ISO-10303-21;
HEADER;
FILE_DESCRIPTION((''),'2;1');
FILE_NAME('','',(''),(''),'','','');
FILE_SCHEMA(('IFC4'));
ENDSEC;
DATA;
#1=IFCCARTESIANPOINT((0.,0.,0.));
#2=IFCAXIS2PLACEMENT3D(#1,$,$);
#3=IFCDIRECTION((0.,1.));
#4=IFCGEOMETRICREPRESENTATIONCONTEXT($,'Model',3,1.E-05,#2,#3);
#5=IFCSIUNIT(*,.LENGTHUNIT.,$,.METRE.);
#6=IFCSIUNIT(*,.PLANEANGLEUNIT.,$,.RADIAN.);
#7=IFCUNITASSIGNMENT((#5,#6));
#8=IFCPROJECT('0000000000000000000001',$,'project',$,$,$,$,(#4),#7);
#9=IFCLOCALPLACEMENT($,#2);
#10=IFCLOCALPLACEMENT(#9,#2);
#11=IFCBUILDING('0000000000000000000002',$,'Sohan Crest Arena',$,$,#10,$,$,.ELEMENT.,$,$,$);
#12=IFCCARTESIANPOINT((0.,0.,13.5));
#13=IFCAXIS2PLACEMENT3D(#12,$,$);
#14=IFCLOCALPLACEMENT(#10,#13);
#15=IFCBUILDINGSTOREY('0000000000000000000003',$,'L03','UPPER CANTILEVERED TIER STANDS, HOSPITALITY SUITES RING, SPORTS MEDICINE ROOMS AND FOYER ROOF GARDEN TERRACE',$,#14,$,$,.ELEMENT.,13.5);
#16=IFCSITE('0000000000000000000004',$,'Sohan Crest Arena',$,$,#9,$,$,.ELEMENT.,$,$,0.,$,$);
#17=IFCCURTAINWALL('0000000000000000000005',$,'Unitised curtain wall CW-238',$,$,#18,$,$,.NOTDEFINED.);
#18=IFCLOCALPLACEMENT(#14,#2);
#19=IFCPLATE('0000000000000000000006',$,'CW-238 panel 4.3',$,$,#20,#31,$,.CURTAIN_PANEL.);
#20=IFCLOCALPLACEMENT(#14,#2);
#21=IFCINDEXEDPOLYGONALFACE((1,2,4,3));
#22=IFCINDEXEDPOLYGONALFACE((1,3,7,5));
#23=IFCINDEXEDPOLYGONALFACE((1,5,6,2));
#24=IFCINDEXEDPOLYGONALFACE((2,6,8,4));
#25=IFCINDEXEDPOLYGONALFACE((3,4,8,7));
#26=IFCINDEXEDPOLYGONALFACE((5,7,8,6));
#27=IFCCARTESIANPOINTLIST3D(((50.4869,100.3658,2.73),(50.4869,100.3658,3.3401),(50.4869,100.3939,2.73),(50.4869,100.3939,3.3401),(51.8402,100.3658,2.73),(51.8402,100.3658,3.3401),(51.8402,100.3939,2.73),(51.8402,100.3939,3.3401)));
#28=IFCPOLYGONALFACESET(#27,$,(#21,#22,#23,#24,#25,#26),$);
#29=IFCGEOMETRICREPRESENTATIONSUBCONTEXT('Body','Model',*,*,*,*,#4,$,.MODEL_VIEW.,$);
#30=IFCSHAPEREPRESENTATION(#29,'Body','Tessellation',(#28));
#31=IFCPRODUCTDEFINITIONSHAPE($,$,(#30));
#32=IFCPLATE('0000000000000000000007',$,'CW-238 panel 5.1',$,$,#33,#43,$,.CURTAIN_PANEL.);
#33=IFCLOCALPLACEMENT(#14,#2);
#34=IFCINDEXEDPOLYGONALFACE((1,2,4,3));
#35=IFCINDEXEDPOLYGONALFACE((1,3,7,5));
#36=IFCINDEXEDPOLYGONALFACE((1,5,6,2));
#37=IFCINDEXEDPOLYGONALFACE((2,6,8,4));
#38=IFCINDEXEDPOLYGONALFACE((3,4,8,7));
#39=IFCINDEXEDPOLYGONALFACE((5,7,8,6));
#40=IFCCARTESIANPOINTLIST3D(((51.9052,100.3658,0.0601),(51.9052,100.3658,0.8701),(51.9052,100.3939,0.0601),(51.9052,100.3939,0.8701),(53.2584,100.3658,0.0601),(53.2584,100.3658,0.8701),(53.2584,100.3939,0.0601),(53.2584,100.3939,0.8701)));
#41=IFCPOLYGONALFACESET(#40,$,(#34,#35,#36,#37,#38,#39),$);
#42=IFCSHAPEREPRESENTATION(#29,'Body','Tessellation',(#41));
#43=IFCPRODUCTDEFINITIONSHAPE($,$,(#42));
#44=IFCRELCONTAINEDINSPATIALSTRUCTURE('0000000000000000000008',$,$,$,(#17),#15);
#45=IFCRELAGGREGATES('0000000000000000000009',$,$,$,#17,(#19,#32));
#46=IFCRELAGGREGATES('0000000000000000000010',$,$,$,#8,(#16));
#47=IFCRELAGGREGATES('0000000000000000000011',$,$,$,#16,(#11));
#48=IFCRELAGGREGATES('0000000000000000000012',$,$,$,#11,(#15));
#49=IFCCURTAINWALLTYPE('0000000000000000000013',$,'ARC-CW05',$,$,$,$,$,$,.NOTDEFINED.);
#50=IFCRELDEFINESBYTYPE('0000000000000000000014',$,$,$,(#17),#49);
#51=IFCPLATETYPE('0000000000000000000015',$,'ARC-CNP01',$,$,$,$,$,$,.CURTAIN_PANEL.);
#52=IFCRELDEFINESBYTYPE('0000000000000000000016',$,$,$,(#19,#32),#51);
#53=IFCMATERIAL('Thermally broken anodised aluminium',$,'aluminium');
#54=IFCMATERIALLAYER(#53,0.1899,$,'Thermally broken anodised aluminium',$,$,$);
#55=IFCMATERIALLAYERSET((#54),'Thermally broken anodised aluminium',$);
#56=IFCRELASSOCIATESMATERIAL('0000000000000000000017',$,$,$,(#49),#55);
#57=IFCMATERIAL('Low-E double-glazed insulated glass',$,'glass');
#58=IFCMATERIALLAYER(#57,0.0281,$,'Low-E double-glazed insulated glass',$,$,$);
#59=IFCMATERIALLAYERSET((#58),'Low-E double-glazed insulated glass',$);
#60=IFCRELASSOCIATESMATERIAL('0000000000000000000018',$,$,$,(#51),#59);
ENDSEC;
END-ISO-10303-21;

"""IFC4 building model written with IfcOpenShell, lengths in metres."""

from ifc_helpers import new_model, si_unit, direction, frame, origin, origin_2d, place, context, subcontext, project, spatial, rectangle, extrude, material, layer, layer_set, type_object, element, aggregate, save


model = new_model("IFC4")

# Units and contexts
model_context = context("Model", 3, precision=1e-05, world=origin(), true_north=direction((0.0, 1.0)))
body_context = subcontext(model_context, "Body", "Model", "MODEL_VIEW")
ifc_project = project(units=[si_unit("LENGTHUNIT", "METRE"), si_unit("PLANEANGLEUNIT", "RADIAN")], contexts=[model_context])

# Site, building, storey
site_placement = place(None, origin())
site = spatial("IfcSite", under=ifc_project, at=site_placement, Name="Sohan Crest Arena", CompositionType="ELEMENT", RefElevation=0.0)
building_placement = place(site_placement, origin())
building = spatial("IfcBuilding", under=site, at=building_placement, Name="Sohan Crest Arena", CompositionType="ELEMENT")
storey_placement = place(building_placement, frame((0.0, 0.0, 13.5)))
storey = spatial("IfcBuildingStorey", under=building, at=storey_placement, Name="L03", Description="UPPER CANTILEVERED TIER STANDS, HOSPITALITY SUITES RING, SPORTS MEDICINE ROOMS AND FOYER ROOF GARDEN TERRACE", CompositionType="ELEMENT", Elevation=13.5)

# Curtain wall
ifc_material_1 = material(Name="Thermally broken anodised aluminium", Category="aluminium")
ifc_layer_1 = layer(ifc_material_1, 0.1899, Name="Thermally broken anodised aluminium")
ifc_layer_set_1 = layer_set([ifc_layer_1], Name="Thermally broken anodised aluminium")
curtain_wall_type = type_object("IfcCurtainWallType", Name="ARC-CW05", PredefinedType="NOTDEFINED", material=ifc_layer_set_1)
curtain_wall_1_placement = place(storey_placement, origin())
curtain_wall_1 = element("IfcCurtainWall", 1, at=curtain_wall_1_placement, inside=storey, type_object=curtain_wall_type, Name="Unitised curtain wall CW-238", PredefinedType="NOTDEFINED")

# Plates
ifc_material_2 = material(Name="Low-E double-glazed insulated glass", Category="glass")
ifc_layer_2 = layer(ifc_material_2, 0.0281, Name="Low-E double-glazed insulated glass")
ifc_layer_set_2 = layer_set([ifc_layer_2], Name="Low-E double-glazed insulated glass")
plate_type = type_object("IfcPlateType", Name="ARC-CNP01", PredefinedType="CURTAIN_PANEL", material=ifc_layer_set_2)
plate_1_placement = place(storey_placement, frame((51.1636, 100.3799, 2.73), z_axis=(0.0, 0.0, 1.0), x_axis=(1.0, 0.0, 0.0)))
plate_1 = element("IfcPlate", 2, at=plate_1_placement, type_object=plate_type, Name="CW-238 panel 4.3", PredefinedType="CURTAIN_PANEL", context=body_context, shape_type="SweptSolid", body=[
    extrude(rectangle(XDim=1.3533, YDim=0.0281, at=origin_2d()), origin(), (0.0, 0.0, 1.0), 0.6101),
])
plate_2_placement = place(storey_placement, frame((52.5818, 100.3799, 0.0601), z_axis=(0.0, 0.0, 1.0), x_axis=(1.0, 0.0, 0.0)))
plate_2 = element("IfcPlate", 3, at=plate_2_placement, type_object=plate_type, Name="CW-238 panel 5.1", PredefinedType="CURTAIN_PANEL", context=body_context, shape_type="SweptSolid", body=[
    extrude(rectangle(XDim=1.3533, YDim=0.0281, at=origin_2d()), origin(), (0.0, 0.0, 1.0), 0.8101),
])
aggregate(curtain_wall_1, [plate_1, plate_2])

save(model, "model.ifc")
